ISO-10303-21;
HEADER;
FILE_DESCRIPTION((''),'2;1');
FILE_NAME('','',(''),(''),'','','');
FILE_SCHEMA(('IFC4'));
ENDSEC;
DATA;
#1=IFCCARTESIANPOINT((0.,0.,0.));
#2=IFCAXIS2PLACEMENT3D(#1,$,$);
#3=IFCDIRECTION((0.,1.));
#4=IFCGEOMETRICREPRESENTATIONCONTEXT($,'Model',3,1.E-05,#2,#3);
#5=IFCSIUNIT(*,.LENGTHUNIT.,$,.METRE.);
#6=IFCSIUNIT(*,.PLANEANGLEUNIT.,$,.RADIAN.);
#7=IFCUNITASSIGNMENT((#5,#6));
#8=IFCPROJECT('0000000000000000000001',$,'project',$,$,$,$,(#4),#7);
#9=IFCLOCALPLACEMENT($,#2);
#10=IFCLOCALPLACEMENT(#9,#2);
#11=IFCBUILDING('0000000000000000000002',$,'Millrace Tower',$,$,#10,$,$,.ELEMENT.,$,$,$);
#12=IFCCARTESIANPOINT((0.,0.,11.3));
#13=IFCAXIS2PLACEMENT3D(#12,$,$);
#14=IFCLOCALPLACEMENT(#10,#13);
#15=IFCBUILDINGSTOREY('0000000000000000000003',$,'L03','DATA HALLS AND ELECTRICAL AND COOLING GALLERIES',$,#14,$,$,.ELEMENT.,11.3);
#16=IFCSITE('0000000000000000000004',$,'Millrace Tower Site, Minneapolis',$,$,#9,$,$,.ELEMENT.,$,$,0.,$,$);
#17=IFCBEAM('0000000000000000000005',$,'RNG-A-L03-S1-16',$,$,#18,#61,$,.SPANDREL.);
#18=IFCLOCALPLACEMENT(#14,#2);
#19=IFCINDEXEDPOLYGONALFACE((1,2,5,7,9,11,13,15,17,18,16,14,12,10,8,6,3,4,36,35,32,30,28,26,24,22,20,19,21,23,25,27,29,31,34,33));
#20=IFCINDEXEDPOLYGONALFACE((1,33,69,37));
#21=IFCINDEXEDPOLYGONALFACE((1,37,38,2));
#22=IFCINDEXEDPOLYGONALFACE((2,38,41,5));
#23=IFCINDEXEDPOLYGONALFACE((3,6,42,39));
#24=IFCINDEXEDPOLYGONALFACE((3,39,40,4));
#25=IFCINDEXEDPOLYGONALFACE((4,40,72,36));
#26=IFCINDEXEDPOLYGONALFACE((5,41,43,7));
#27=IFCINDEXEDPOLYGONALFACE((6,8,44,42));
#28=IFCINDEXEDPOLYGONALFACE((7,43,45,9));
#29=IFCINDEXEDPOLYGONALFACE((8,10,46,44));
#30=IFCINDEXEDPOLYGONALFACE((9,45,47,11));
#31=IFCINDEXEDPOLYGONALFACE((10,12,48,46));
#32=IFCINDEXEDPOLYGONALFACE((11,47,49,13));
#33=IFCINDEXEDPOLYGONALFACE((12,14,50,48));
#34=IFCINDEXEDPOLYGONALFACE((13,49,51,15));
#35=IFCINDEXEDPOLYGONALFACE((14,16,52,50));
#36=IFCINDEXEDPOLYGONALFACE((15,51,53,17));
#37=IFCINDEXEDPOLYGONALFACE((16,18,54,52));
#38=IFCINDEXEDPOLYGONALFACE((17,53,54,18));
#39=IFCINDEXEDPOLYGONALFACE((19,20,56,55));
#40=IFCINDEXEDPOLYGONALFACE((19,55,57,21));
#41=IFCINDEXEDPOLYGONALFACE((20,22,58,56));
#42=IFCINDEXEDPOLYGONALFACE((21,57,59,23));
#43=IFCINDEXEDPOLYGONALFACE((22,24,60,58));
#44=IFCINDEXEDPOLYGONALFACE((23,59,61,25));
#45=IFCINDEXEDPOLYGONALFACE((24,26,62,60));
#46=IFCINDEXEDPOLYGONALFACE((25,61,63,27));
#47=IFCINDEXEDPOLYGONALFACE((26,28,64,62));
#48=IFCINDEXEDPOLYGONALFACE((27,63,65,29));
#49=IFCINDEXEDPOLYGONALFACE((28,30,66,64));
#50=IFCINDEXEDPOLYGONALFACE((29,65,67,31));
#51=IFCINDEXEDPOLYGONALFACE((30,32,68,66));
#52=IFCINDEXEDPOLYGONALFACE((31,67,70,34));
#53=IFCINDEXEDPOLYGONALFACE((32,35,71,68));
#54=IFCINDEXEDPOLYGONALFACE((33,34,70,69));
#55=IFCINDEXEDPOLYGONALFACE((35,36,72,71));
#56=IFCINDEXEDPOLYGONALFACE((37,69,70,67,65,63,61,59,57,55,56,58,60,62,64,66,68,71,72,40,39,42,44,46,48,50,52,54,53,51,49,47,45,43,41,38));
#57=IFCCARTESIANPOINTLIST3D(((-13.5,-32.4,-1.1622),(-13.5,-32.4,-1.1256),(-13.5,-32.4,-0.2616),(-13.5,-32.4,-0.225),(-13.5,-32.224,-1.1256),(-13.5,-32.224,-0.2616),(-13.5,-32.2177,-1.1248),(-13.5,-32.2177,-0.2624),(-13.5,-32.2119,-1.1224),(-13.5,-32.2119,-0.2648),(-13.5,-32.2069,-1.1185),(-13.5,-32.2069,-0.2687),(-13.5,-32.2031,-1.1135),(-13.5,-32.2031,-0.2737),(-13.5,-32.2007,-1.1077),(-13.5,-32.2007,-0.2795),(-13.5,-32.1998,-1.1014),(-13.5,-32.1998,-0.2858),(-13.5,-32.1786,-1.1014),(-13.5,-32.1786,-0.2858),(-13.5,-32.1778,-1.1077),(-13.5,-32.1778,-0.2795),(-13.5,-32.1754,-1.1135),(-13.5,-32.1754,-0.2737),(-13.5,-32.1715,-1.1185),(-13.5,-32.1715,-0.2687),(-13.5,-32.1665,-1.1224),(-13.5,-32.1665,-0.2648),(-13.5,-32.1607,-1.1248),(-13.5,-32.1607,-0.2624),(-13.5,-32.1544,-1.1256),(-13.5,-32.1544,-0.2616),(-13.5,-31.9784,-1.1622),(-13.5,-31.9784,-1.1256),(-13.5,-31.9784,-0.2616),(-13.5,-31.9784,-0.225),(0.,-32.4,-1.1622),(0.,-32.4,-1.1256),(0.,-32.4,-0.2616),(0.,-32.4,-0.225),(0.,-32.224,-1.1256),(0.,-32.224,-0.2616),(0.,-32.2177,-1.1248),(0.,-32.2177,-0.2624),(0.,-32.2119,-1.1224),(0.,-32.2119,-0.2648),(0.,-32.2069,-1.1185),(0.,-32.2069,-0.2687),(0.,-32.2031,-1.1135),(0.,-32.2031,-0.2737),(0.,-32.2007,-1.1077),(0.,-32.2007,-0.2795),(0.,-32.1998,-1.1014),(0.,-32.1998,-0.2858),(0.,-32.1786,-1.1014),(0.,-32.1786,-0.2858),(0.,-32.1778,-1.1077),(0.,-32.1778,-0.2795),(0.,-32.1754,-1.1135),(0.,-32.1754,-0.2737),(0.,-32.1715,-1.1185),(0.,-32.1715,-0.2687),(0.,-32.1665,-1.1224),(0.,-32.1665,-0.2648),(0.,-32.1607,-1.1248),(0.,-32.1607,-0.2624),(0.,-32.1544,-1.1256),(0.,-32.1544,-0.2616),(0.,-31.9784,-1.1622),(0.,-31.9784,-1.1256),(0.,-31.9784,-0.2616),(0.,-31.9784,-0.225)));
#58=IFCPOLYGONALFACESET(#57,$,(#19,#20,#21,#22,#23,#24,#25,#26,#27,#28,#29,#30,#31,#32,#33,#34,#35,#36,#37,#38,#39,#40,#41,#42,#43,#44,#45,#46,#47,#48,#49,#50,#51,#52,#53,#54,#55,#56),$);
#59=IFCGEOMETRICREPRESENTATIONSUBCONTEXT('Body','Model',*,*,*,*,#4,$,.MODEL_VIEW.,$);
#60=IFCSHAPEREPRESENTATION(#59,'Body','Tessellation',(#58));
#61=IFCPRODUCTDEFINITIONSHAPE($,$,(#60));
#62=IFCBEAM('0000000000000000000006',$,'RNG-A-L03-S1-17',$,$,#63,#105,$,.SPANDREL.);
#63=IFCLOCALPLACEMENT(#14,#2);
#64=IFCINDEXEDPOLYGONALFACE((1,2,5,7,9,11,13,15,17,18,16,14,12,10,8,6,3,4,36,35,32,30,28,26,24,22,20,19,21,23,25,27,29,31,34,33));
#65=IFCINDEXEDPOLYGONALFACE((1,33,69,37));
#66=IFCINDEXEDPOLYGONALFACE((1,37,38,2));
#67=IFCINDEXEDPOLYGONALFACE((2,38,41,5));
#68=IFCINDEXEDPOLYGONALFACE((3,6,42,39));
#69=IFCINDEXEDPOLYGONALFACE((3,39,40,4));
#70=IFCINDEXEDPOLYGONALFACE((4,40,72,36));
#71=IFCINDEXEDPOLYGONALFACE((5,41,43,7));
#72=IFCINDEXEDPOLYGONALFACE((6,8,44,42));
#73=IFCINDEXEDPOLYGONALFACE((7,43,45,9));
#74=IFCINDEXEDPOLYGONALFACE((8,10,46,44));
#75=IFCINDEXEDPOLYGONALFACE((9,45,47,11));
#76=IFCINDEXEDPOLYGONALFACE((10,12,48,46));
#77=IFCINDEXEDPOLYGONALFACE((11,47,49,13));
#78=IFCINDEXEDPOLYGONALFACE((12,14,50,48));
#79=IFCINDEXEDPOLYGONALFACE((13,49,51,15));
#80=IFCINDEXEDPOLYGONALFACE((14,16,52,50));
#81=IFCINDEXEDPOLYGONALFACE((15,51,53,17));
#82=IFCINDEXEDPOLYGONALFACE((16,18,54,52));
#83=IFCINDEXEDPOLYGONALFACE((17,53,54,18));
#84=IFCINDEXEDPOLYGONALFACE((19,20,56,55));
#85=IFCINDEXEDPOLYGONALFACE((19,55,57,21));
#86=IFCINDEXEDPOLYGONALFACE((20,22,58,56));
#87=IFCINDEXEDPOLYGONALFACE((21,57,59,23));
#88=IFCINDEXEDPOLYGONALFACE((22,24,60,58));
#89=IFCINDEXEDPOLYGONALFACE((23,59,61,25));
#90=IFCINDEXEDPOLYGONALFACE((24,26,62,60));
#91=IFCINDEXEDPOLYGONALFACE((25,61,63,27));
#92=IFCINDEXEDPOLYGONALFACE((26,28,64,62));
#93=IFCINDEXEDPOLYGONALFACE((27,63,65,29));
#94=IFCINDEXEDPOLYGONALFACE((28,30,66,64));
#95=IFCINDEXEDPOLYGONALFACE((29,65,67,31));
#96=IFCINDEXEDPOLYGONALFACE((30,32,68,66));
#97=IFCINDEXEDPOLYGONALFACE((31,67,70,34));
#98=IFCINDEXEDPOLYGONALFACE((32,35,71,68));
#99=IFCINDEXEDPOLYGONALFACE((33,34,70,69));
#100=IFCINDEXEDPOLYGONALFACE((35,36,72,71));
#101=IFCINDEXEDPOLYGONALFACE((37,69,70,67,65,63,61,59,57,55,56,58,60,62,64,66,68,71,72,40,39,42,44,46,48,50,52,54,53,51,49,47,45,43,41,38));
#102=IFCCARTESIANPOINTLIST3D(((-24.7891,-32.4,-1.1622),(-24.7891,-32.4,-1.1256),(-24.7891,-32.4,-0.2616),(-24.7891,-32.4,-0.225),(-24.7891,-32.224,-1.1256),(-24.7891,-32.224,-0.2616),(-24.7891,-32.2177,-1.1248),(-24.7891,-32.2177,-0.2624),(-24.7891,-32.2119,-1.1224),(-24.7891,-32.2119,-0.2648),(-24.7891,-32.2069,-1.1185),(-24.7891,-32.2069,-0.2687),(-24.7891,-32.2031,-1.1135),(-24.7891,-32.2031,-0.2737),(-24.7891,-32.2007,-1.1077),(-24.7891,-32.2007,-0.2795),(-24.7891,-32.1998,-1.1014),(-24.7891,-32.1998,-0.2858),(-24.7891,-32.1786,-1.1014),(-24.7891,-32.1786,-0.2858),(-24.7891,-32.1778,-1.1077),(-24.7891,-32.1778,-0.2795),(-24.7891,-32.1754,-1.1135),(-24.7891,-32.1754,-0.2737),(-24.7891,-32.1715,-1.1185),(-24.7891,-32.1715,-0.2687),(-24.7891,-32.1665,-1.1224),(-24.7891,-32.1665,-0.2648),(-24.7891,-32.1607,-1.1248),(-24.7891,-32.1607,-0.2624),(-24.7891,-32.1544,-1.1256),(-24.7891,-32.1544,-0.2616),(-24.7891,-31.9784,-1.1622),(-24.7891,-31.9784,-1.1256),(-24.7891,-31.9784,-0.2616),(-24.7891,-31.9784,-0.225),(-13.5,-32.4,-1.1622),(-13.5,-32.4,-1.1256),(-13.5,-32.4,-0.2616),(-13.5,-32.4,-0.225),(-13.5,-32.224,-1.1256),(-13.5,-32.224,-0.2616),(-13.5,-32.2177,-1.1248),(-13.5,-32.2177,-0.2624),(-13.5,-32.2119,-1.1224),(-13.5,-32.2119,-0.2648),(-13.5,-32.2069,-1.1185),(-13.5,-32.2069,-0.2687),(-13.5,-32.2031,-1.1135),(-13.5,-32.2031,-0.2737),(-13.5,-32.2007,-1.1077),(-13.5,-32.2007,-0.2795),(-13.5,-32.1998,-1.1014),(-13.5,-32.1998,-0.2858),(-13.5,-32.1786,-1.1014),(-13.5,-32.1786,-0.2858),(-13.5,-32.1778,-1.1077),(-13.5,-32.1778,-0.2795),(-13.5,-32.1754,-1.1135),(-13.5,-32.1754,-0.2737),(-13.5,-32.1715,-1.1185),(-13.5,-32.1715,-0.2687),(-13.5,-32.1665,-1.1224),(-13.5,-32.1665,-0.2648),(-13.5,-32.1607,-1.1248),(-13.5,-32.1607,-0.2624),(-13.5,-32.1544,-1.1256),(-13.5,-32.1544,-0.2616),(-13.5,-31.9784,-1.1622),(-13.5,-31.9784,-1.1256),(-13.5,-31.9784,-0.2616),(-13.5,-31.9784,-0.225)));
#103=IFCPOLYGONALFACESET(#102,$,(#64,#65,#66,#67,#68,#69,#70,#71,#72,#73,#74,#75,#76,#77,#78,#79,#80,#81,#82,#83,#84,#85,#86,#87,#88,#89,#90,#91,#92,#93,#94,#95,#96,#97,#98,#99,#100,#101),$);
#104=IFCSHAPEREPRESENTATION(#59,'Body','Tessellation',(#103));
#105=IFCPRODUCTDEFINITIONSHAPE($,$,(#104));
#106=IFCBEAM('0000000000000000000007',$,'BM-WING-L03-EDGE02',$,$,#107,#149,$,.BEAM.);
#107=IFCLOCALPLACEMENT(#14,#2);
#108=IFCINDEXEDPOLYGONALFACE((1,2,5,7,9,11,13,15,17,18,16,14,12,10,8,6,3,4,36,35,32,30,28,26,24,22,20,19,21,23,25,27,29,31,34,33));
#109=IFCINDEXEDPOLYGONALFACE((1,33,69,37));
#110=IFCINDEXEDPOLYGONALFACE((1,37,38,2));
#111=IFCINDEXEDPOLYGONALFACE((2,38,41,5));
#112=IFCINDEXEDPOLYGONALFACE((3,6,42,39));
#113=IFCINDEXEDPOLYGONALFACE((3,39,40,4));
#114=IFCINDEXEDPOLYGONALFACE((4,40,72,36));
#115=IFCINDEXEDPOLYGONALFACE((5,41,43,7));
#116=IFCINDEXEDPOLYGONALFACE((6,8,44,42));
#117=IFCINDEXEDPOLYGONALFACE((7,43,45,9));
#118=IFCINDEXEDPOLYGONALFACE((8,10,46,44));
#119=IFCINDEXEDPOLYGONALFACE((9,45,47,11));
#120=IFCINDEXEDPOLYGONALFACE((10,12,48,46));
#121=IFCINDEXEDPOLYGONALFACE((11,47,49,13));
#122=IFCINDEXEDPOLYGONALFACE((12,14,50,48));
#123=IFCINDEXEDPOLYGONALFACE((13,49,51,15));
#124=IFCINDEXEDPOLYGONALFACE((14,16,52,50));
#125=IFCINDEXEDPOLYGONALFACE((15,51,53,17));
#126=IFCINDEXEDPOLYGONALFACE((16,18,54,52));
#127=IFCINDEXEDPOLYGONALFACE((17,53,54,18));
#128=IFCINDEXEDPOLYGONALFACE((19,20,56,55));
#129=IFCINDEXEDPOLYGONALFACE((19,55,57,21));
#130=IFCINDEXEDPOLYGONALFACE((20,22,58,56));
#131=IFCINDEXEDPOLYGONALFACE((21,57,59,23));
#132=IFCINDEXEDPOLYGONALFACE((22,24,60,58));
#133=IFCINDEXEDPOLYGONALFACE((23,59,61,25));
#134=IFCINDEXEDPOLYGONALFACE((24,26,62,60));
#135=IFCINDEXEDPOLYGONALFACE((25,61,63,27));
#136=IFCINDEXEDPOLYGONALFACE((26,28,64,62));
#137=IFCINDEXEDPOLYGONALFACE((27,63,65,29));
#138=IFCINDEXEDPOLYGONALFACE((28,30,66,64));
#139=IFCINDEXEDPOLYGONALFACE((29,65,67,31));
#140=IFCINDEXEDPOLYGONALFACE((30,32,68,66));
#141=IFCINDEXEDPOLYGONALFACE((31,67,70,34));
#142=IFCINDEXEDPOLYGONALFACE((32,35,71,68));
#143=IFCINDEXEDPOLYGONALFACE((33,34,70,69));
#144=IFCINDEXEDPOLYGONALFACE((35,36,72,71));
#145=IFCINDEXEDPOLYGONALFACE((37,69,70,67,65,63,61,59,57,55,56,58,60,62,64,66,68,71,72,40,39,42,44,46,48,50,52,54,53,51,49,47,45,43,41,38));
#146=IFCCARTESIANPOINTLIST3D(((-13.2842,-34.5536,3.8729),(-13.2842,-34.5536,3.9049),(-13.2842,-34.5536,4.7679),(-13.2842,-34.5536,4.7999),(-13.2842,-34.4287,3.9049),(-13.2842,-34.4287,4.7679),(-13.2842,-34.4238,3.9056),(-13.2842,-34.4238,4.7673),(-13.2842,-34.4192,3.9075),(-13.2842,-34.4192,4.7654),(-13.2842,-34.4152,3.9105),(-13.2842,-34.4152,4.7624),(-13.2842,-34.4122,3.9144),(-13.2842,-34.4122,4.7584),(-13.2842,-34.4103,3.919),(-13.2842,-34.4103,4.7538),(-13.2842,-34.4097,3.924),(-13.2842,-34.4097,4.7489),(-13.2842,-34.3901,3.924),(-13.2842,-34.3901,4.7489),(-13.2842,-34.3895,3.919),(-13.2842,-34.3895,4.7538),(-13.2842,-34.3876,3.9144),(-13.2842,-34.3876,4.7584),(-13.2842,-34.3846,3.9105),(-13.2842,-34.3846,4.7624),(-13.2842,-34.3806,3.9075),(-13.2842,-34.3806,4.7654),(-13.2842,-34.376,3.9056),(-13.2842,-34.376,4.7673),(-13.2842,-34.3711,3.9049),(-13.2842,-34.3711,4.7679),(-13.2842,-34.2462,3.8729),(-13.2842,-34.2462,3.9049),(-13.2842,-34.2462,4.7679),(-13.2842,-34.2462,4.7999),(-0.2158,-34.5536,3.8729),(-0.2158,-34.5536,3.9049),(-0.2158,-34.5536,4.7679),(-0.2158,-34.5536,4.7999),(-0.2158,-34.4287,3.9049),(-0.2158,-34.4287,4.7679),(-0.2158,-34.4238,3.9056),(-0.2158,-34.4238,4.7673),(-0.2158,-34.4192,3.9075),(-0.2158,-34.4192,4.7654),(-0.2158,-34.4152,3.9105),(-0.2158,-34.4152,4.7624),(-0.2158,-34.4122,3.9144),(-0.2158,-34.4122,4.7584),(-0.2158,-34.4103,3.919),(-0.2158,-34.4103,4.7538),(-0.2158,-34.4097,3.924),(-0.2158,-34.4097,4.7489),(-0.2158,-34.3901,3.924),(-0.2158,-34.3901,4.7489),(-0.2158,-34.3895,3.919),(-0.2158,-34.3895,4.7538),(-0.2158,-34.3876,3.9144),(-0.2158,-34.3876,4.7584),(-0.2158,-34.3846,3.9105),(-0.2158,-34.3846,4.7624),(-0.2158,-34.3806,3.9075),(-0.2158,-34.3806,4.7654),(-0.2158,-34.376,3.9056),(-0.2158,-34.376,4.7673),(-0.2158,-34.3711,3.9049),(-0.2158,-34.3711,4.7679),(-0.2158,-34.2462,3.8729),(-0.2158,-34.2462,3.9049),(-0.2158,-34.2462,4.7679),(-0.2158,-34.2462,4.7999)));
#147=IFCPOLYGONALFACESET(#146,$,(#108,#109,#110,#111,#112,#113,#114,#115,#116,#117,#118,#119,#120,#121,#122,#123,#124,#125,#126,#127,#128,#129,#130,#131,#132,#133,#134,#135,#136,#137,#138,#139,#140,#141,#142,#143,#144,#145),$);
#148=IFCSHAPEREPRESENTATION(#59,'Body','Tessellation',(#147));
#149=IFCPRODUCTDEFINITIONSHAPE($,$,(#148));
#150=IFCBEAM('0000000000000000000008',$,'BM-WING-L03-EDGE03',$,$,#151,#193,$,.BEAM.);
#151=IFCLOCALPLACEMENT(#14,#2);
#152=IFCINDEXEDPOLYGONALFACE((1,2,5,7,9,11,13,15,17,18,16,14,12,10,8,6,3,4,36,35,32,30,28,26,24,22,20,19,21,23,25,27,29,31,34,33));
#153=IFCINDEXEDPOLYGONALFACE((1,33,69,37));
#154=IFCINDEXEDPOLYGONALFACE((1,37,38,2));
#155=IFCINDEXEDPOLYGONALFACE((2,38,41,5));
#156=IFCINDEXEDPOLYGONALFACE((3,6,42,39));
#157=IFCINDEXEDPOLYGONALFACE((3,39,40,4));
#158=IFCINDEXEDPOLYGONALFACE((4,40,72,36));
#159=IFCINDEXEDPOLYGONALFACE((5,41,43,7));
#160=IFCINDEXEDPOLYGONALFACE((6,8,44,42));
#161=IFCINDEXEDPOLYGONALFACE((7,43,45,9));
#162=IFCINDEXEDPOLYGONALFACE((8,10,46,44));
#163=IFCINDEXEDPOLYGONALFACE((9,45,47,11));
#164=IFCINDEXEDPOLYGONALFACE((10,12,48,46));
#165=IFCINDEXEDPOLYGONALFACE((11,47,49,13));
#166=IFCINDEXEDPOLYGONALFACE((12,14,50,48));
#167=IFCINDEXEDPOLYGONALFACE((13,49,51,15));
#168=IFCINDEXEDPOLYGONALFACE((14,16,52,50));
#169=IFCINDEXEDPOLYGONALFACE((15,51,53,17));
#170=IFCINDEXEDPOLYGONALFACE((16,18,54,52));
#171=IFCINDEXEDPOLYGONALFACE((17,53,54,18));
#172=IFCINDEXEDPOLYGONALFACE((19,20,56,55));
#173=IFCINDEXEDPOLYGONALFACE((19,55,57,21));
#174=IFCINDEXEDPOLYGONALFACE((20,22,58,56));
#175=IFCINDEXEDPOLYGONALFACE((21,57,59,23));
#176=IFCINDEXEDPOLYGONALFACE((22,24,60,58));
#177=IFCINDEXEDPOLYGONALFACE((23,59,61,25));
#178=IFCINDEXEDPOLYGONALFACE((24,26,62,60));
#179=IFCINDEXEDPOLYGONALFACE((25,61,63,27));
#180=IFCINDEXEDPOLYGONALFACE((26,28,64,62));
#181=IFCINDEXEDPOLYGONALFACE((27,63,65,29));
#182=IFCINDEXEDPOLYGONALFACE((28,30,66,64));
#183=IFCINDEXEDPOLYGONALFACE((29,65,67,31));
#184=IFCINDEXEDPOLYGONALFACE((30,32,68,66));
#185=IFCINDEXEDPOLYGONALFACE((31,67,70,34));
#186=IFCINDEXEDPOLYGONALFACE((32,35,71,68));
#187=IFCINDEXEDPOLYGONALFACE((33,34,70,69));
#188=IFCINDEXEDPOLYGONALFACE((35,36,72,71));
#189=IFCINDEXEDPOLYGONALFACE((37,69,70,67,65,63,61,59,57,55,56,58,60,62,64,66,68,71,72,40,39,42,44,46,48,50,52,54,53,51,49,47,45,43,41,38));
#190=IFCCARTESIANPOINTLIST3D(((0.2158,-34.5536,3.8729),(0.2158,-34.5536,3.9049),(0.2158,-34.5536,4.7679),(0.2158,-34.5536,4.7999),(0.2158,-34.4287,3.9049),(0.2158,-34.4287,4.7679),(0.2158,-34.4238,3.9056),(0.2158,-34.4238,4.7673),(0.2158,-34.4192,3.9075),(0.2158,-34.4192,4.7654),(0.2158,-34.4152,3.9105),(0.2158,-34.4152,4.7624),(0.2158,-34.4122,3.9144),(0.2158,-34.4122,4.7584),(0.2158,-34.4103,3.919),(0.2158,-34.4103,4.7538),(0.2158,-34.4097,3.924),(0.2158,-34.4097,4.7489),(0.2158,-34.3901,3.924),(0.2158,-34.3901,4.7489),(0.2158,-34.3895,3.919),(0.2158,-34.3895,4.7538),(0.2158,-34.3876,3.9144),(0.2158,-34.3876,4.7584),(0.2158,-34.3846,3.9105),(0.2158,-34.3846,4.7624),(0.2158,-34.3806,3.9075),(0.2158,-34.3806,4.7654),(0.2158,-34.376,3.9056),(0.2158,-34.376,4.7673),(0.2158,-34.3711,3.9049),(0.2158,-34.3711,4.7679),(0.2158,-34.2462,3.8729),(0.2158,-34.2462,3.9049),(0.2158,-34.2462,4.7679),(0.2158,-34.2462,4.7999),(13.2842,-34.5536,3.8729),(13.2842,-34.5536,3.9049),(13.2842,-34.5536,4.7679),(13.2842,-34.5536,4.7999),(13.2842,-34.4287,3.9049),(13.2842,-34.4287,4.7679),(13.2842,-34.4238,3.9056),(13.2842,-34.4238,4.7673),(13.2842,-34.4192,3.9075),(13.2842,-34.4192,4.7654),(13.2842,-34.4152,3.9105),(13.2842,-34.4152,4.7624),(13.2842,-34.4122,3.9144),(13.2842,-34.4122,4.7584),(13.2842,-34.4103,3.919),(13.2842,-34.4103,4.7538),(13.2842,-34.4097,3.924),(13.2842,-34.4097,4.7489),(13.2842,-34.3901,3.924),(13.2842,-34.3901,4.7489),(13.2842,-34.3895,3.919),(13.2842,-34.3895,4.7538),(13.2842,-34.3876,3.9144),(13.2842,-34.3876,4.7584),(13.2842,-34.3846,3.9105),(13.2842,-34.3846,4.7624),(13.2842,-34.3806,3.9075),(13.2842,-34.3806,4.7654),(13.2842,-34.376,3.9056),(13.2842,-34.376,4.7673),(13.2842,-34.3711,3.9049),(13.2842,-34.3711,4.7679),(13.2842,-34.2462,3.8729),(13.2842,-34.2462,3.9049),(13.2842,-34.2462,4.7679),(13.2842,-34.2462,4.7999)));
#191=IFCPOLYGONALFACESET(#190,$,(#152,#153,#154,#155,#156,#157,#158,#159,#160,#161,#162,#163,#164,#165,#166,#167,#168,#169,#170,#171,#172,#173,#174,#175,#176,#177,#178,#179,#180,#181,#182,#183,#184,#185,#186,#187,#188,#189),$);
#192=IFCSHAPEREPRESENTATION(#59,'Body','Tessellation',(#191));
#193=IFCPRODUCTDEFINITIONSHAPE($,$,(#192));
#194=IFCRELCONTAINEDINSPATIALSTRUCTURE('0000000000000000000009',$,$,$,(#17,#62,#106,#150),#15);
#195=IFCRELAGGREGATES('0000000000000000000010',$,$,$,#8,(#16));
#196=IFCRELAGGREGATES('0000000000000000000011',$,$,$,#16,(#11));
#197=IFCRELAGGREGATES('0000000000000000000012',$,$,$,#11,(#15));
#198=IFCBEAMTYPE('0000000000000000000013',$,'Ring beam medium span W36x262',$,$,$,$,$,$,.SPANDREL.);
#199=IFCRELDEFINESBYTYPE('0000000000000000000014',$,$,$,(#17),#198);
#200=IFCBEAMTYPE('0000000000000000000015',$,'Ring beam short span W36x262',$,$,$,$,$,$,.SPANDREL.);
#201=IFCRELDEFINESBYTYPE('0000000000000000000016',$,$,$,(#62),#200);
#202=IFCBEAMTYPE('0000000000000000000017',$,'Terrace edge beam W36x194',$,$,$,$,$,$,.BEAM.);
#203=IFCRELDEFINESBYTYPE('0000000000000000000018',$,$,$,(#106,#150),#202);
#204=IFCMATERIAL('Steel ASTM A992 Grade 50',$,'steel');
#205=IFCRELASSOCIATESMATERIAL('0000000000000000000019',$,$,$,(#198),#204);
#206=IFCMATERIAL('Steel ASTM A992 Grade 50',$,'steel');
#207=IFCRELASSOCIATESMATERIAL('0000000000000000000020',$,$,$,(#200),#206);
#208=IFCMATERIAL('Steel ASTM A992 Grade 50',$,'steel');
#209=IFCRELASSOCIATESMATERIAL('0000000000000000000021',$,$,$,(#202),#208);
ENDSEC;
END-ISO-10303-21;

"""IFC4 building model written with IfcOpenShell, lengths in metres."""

from ifc_helpers import new_model, si_unit, direction, frame, origin, origin_2d, place, context, subcontext, project, spatial, i_section, extrude, material, material_profile, profile_set, type_object, element, save


model = new_model("IFC4")

# Units and contexts
model_context = context("Model", 3, precision=1e-05, world=origin(), true_north=direction((0.0, 1.0)))
body_context = subcontext(model_context, "Body", "Model", "MODEL_VIEW")
ifc_project = project(units=[si_unit("LENGTHUNIT", "METRE"), si_unit("PLANEANGLEUNIT", "RADIAN")], contexts=[model_context])

# Site, building, storey
site_placement = place(None, origin())
site = spatial("IfcSite", under=ifc_project, at=site_placement, Name="Millrace Tower Site, Minneapolis", CompositionType="ELEMENT", RefElevation=0.0)
building_placement = place(site_placement, origin())
building = spatial("IfcBuilding", under=site, at=building_placement, Name="Millrace Tower", CompositionType="ELEMENT")
storey_placement = place(building_placement, frame((0.0, 0.0, 11.3)))
storey = spatial("IfcBuildingStorey", under=building, at=storey_placement, Name="L03", Description="DATA HALLS AND ELECTRICAL AND COOLING GALLERIES", CompositionType="ELEMENT", Elevation=11.3)

# Beams
ifc_material_1 = material(Name="Steel ASTM A992 Grade 50", Category="steel")
ifc_material_profile_1 = material_profile(ifc_material_1, i_section(OverallWidth=0.4216, OverallDepth=0.9373, WebThickness=0.0212, FlangeThickness=0.0366, FilletRadius=0.0242, at=origin_2d()))
ifc_profile_set_1 = profile_set([ifc_material_profile_1], Name="Steel ASTM A992 Grade 50")
beam_type_1 = type_object("IfcBeamType", Name="Ring beam medium span W36x262", PredefinedType="SPANDREL", material=ifc_profile_set_1)
beam_1_placement = place(storey_placement, frame((0.0, -32.1892, -0.6936), z_axis=(-1.0, 0.0, 0.0), x_axis=(0.0, -1.0, 0.0)))
element("IfcBeam", 1, at=beam_1_placement, inside=storey, type_object=beam_type_1, Name="RNG-A-L03-S1-16", PredefinedType="SPANDREL", context=body_context, shape_type="SweptSolid", body=[
    extrude(i_section(OverallWidth=0.4216, OverallDepth=0.9373, WebThickness=0.0212, FlangeThickness=0.0366, FilletRadius=0.0242, at=origin_2d()), origin(), (0.0, 0.0, 1.0), 13.5),
])
ifc_material_2 = material(Name="Steel ASTM A992 Grade 50", Category="steel")
ifc_material_profile_2 = material_profile(ifc_material_2, i_section(OverallWidth=0.4216, OverallDepth=0.9373, WebThickness=0.0212, FlangeThickness=0.0366, FilletRadius=0.0242, at=origin_2d()))
ifc_profile_set_2 = profile_set([ifc_material_profile_2], Name="Steel ASTM A992 Grade 50")
beam_type_2 = type_object("IfcBeamType", Name="Ring beam short span W36x262", PredefinedType="SPANDREL", material=ifc_profile_set_2)
beam_2_placement = place(storey_placement, frame((-13.5, -32.1892, -0.6936), z_axis=(-1.0, 0.0, 0.0), x_axis=(0.0, -1.0, 0.0)))
element("IfcBeam", 2, at=beam_2_placement, inside=storey, type_object=beam_type_2, Name="RNG-A-L03-S1-17", PredefinedType="SPANDREL", context=body_context, shape_type="SweptSolid", body=[
    extrude(i_section(OverallWidth=0.4216, OverallDepth=0.9373, WebThickness=0.0212, FlangeThickness=0.0366, FilletRadius=0.0242, at=origin_2d()), origin(), (0.0, 0.0, 1.0), 11.2891),
])
ifc_material_3 = material(Name="Steel ASTM A992 Grade 50", Category="steel")
ifc_material_profile_3 = material_profile(ifc_material_3, i_section(OverallWidth=0.3074, OverallDepth=0.927, WebThickness=0.0195, FlangeThickness=0.032, FilletRadius=0.019, at=origin_2d()))
ifc_profile_set_3 = profile_set([ifc_material_profile_3], Name="Steel ASTM A992 Grade 50")
beam_type_3 = type_object("IfcBeamType", Name="Terrace edge beam W36x194", PredefinedType="BEAM", material=ifc_profile_set_3)
for number, where, z_axis, x_axis, name in (
    (3, (-13.2842, -34.3999, 4.3364), (1.0, 0.0, 0.0), (0.0, 1.0, 0.0), "BM-WING-L03-EDGE02"),
    (4, (0.2158, -34.3999, 4.3364), (1.0, 0.0, 0.0), (0.0, 1.0, 0.0), "BM-WING-L03-EDGE03"),
):
    element("IfcBeam", number, at=place(storey_placement, frame(where, z_axis=z_axis, x_axis=x_axis)), inside=storey, type_object=beam_type_3, Name=name, PredefinedType="BEAM", context=body_context, shape_type="SweptSolid", body=[
        extrude(i_section(OverallWidth=0.3074, OverallDepth=0.927, WebThickness=0.0195, FlangeThickness=0.032, FilletRadius=0.019, at=origin_2d()), origin(), (0.0, 0.0, 1.0), 13.0684),
    ])

save(model, "model.ifc")
